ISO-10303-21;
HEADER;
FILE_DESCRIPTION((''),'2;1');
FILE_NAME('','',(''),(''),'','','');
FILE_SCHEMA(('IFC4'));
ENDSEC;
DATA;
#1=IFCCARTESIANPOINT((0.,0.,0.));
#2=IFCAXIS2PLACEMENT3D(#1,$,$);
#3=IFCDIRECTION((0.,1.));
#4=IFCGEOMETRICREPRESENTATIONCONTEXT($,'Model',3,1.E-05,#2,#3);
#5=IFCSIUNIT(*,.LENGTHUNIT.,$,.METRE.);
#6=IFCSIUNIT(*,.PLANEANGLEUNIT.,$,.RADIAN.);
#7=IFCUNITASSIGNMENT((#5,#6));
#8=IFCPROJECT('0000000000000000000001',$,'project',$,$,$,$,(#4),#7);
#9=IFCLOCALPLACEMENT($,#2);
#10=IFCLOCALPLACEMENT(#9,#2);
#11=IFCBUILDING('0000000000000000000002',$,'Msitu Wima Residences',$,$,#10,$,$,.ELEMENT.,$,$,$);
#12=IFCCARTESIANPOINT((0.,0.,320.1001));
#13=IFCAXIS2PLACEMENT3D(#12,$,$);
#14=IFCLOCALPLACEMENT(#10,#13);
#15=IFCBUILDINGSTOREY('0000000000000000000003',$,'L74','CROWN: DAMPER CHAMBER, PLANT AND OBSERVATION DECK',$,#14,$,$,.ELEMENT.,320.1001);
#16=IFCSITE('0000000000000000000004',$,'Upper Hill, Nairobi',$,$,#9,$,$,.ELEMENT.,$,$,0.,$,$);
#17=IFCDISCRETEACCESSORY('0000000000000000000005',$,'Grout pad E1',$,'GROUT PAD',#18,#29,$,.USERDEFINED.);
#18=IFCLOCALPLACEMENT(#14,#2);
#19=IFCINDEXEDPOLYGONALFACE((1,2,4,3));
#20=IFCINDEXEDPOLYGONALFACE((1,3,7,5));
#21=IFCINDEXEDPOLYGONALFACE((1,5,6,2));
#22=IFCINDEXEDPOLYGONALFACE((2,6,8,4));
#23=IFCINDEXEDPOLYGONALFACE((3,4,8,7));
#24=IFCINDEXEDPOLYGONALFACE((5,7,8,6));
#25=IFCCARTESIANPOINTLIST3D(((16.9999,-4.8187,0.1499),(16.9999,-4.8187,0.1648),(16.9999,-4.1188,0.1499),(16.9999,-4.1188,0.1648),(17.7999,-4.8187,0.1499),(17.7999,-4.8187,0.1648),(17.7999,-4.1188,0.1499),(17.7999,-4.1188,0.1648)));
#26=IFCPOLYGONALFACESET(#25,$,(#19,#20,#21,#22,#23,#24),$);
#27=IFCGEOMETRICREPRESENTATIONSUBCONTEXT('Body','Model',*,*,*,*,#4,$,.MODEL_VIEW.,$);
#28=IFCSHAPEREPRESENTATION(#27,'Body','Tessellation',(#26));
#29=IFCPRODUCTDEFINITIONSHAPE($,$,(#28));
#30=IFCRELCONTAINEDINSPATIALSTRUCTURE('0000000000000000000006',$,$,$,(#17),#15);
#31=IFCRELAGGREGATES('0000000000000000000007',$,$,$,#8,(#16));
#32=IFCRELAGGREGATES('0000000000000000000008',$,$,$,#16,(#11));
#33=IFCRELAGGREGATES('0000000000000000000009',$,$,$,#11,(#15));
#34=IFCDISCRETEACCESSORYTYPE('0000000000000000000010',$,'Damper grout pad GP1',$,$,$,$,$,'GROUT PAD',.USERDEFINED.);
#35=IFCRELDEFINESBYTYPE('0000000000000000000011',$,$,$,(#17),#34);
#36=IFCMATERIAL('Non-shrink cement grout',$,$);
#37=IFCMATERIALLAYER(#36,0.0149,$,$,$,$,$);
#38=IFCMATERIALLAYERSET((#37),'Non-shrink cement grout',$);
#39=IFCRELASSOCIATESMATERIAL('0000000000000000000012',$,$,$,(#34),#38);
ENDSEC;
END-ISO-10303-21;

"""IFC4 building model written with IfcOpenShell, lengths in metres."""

from ifc_helpers import new_model, si_unit, direction, frame, origin, origin_2d, place, context, subcontext, project, spatial, rectangle, extrude, material, layer, layer_set, type_object, element, save


model = new_model("IFC4")

# Units and contexts
model_context = context("Model", 3, precision=1e-05, world=origin(), true_north=direction((0.0, 1.0)))
body_context = subcontext(model_context, "Body", "Model", "MODEL_VIEW")
ifc_project = project(units=[si_unit("LENGTHUNIT", "METRE"), si_unit("PLANEANGLEUNIT", "RADIAN")], contexts=[model_context])

# Site, building, storey
site_placement = place(None, origin())
site = spatial("IfcSite", under=ifc_project, at=site_placement, Name="Upper Hill, Nairobi", CompositionType="ELEMENT", RefElevation=0.0)
building_placement = place(site_placement, origin())
building = spatial("IfcBuilding", under=site, at=building_placement, Name="Msitu Wima Residences", CompositionType="ELEMENT")
storey_placement = place(building_placement, frame((0.0, 0.0, 320.1001)))
storey = spatial("IfcBuildingStorey", under=building, at=storey_placement, Name="L74", Description="CROWN: DAMPER CHAMBER, PLANT AND OBSERVATION DECK", CompositionType="ELEMENT", Elevation=320.1001)

# Discrete accessory
ifc_material_1 = material(Name="Non-shrink cement grout")
ifc_layer_1 = layer(ifc_material_1, 0.0149)
ifc_layer_set_1 = layer_set([ifc_layer_1], Name="Non-shrink cement grout")
discrete_accessory_type_1 = type_object("IfcDiscreteAccessoryType", Name="Damper grout pad GP1", ElementType="GROUT PAD", PredefinedType="USERDEFINED", material=ifc_layer_set_1)
discrete_accessory_1_placement = place(storey_placement, frame((17.3999, -4.4688, 0.1499), z_axis=(0.0, 0.0, 1.0), x_axis=(1.0, 0.0, 0.0)))
element("IfcDiscreteAccessory", 1, at=discrete_accessory_1_placement, inside=storey, type_object=discrete_accessory_type_1, Name="Grout pad E1", ObjectType="GROUT PAD", PredefinedType="USERDEFINED", context=body_context, shape_type="SweptSolid", body=[
    extrude(rectangle(XDim=0.8, YDim=0.7, at=origin_2d()), origin(), (0.0, 0.0, 1.0), 0.0149),
])

save(model, "model.ifc")
